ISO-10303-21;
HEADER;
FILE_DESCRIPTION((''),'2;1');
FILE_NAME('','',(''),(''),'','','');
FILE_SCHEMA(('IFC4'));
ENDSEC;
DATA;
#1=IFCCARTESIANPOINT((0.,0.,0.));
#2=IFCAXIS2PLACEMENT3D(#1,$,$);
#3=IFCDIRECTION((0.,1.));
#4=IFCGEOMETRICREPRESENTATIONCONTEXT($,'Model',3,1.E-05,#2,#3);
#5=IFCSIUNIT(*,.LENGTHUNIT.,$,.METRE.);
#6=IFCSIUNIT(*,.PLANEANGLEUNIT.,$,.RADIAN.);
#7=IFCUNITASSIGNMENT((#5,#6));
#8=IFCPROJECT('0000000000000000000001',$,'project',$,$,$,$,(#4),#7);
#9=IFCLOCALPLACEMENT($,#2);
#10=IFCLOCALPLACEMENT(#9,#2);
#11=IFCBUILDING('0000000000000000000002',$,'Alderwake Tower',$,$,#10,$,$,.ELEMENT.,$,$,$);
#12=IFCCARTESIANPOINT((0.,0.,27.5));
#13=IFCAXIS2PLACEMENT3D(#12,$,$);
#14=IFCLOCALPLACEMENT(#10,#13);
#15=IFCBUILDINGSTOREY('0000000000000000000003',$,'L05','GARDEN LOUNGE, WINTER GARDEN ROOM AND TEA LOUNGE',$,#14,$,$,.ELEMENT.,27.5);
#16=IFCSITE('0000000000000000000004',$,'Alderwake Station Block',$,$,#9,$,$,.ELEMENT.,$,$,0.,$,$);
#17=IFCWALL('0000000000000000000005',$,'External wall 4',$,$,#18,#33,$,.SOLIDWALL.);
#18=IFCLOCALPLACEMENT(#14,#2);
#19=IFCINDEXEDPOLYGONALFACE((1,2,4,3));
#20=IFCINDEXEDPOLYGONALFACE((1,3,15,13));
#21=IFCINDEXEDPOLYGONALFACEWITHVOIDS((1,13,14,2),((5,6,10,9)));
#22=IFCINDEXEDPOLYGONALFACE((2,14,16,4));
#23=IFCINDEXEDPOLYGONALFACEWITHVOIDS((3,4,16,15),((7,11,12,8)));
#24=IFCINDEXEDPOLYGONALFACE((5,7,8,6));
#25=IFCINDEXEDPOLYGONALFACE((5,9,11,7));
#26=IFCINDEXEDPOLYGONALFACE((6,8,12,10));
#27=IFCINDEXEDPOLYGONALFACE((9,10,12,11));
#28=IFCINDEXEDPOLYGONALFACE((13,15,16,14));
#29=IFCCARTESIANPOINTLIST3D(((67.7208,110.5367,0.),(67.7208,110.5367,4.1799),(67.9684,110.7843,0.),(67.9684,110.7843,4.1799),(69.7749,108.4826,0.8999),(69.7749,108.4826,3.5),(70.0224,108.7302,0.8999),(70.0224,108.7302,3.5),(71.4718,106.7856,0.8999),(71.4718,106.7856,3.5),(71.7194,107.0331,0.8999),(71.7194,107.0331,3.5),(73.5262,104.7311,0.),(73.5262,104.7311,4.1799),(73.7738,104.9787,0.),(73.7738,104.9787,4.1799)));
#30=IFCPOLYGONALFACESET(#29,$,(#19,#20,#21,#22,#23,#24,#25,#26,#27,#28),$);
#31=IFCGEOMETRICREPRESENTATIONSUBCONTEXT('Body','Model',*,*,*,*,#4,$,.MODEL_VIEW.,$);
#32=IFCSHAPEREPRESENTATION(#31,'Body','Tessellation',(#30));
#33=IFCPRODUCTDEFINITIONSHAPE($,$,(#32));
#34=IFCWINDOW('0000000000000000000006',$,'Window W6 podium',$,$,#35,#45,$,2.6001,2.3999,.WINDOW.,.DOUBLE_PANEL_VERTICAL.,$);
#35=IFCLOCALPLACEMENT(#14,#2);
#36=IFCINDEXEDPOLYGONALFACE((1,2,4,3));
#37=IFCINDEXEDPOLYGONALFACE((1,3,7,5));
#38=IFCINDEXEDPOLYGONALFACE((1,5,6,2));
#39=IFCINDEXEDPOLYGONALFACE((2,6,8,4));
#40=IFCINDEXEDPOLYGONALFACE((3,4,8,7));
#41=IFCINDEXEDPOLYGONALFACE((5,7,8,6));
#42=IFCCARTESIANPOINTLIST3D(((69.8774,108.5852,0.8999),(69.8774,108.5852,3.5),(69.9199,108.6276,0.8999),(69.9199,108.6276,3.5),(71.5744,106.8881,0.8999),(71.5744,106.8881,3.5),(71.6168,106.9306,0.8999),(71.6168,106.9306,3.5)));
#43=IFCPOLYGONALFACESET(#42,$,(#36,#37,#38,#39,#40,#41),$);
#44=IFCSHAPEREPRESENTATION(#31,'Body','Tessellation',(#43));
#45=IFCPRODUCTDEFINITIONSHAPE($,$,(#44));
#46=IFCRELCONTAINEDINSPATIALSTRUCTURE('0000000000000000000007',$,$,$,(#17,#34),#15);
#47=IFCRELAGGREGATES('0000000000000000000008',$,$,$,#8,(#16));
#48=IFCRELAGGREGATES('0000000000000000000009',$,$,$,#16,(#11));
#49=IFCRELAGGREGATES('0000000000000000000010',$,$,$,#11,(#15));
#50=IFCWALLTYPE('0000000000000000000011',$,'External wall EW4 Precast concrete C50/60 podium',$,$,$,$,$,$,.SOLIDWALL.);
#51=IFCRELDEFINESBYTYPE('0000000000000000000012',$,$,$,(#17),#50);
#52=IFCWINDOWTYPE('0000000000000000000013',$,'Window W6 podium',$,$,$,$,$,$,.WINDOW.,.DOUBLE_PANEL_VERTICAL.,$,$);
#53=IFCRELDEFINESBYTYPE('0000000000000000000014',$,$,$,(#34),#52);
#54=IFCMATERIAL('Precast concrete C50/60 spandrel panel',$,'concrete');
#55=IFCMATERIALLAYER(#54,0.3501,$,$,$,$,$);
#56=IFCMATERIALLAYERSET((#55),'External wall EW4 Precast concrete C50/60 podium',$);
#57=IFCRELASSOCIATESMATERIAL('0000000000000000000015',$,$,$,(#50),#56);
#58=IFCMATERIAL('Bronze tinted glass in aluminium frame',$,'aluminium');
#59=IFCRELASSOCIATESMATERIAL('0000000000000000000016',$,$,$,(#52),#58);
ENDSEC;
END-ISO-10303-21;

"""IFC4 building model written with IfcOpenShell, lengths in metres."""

from ifc_helpers import new_model, si_unit, direction, frame, frame_2d, origin, place, context, subcontext, project, spatial, rectangle, extrude, material, layer, layer_set, type_object, element, fill, save


model = new_model("IFC4")

# Units and contexts
model_context = context("Model", 3, precision=1e-05, world=origin(), true_north=direction((0.0, 1.0)))
body_context = subcontext(model_context, "Body", "Model", "MODEL_VIEW")
ifc_project = project(units=[si_unit("LENGTHUNIT", "METRE"), si_unit("PLANEANGLEUNIT", "RADIAN")], contexts=[model_context])

# Site, building, storey
site_placement = place(None, origin())
site = spatial("IfcSite", under=ifc_project, at=site_placement, Name="Alderwake Station Block", CompositionType="ELEMENT", RefElevation=0.0)
building_placement = place(site_placement, origin())
building = spatial("IfcBuilding", under=site, at=building_placement, Name="Alderwake Tower", CompositionType="ELEMENT")
storey_placement = place(building_placement, frame((0.0, 0.0, 27.5)))
storey = spatial("IfcBuildingStorey", under=building, at=storey_placement, Name="L05", Description="GARDEN LOUNGE, WINTER GARDEN ROOM AND TEA LOUNGE", CompositionType="ELEMENT", Elevation=27.5)

# Wall, opening, window
ifc_material_1 = material(Name="Precast concrete C50/60 spandrel panel", Category="concrete")
ifc_layer_1 = layer(ifc_material_1, 0.3501)
ifc_layer_set_1 = layer_set([ifc_layer_1], Name="External wall EW4 Precast concrete C50/60 podium")
wall_type_1 = type_object("IfcWallType", Name="External wall EW4 Precast concrete C50/60 podium", PredefinedType="SOLIDWALL", material=ifc_layer_set_1)
wall_1_placement = place(storey_placement, frame((73.6499, 104.855, 0.0), z_axis=(0.0, 0.0, 1.0), x_axis=(-0.707092, 0.707122, 0.0)))
wall_1 = element("IfcWall", 1, at=wall_1_placement, inside=storey, type_object=wall_type_1, Name="External wall 4", PredefinedType="SOLIDWALL", context=body_context, shape_type="SweptSolid", body=[
    extrude(rectangle(XDim=8.2102, YDim=0.3501, at=frame_2d((4.105, 0.0))), origin(), (0.0, 0.0, 1.0), 4.1799),
])
opening_1_placement = place(wall_1_placement, frame((2.9053, 0.0, 0.8999)))
opening_1 = element("IfcOpeningElement", 2, at=opening_1_placement, cuts=wall_1, PredefinedType="OPENING", context=body_context, shape_type="SweptSolid", body=[
    extrude(rectangle(XDim=2.3999, YDim=2.6001, at=frame_2d((1.2, 1.3))), frame((0.0, 0.1851, 0.0), z_axis=(0.0, -1.0, 0.0), x_axis=(1.0, 0.0, 0.0)), (0.0, 0.0, 1.0), 0.3701),
])
ifc_material_2 = material(Name="Bronze tinted glass in aluminium frame", Category="aluminium")
window_type = type_object("IfcWindowType", Name="Window W6 podium", PartitioningType="DOUBLE_PANEL_VERTICAL", PredefinedType="WINDOW", material=ifc_material_2)
window_1_placement = place(opening_1_placement, origin())
window_1 = element("IfcWindow", 3, at=window_1_placement, inside=storey, type_object=window_type, Name="Window W6 podium", OverallHeight=2.6001, OverallWidth=2.3999, PartitioningType="DOUBLE_PANEL_VERTICAL", PredefinedType="WINDOW", context=body_context, shape_type="SweptSolid", body=[
    extrude(rectangle(XDim=2.3999, YDim=2.6001, at=frame_2d((1.2, 1.3))), frame((0.0, 0.03, 0.0), z_axis=(0.0, -1.0, 0.0), x_axis=(1.0, 0.0, 0.0)), (0.0, 0.0, 1.0), 0.0601),
])
fill(opening_1, window_1)

save(model, "model.ifc")
